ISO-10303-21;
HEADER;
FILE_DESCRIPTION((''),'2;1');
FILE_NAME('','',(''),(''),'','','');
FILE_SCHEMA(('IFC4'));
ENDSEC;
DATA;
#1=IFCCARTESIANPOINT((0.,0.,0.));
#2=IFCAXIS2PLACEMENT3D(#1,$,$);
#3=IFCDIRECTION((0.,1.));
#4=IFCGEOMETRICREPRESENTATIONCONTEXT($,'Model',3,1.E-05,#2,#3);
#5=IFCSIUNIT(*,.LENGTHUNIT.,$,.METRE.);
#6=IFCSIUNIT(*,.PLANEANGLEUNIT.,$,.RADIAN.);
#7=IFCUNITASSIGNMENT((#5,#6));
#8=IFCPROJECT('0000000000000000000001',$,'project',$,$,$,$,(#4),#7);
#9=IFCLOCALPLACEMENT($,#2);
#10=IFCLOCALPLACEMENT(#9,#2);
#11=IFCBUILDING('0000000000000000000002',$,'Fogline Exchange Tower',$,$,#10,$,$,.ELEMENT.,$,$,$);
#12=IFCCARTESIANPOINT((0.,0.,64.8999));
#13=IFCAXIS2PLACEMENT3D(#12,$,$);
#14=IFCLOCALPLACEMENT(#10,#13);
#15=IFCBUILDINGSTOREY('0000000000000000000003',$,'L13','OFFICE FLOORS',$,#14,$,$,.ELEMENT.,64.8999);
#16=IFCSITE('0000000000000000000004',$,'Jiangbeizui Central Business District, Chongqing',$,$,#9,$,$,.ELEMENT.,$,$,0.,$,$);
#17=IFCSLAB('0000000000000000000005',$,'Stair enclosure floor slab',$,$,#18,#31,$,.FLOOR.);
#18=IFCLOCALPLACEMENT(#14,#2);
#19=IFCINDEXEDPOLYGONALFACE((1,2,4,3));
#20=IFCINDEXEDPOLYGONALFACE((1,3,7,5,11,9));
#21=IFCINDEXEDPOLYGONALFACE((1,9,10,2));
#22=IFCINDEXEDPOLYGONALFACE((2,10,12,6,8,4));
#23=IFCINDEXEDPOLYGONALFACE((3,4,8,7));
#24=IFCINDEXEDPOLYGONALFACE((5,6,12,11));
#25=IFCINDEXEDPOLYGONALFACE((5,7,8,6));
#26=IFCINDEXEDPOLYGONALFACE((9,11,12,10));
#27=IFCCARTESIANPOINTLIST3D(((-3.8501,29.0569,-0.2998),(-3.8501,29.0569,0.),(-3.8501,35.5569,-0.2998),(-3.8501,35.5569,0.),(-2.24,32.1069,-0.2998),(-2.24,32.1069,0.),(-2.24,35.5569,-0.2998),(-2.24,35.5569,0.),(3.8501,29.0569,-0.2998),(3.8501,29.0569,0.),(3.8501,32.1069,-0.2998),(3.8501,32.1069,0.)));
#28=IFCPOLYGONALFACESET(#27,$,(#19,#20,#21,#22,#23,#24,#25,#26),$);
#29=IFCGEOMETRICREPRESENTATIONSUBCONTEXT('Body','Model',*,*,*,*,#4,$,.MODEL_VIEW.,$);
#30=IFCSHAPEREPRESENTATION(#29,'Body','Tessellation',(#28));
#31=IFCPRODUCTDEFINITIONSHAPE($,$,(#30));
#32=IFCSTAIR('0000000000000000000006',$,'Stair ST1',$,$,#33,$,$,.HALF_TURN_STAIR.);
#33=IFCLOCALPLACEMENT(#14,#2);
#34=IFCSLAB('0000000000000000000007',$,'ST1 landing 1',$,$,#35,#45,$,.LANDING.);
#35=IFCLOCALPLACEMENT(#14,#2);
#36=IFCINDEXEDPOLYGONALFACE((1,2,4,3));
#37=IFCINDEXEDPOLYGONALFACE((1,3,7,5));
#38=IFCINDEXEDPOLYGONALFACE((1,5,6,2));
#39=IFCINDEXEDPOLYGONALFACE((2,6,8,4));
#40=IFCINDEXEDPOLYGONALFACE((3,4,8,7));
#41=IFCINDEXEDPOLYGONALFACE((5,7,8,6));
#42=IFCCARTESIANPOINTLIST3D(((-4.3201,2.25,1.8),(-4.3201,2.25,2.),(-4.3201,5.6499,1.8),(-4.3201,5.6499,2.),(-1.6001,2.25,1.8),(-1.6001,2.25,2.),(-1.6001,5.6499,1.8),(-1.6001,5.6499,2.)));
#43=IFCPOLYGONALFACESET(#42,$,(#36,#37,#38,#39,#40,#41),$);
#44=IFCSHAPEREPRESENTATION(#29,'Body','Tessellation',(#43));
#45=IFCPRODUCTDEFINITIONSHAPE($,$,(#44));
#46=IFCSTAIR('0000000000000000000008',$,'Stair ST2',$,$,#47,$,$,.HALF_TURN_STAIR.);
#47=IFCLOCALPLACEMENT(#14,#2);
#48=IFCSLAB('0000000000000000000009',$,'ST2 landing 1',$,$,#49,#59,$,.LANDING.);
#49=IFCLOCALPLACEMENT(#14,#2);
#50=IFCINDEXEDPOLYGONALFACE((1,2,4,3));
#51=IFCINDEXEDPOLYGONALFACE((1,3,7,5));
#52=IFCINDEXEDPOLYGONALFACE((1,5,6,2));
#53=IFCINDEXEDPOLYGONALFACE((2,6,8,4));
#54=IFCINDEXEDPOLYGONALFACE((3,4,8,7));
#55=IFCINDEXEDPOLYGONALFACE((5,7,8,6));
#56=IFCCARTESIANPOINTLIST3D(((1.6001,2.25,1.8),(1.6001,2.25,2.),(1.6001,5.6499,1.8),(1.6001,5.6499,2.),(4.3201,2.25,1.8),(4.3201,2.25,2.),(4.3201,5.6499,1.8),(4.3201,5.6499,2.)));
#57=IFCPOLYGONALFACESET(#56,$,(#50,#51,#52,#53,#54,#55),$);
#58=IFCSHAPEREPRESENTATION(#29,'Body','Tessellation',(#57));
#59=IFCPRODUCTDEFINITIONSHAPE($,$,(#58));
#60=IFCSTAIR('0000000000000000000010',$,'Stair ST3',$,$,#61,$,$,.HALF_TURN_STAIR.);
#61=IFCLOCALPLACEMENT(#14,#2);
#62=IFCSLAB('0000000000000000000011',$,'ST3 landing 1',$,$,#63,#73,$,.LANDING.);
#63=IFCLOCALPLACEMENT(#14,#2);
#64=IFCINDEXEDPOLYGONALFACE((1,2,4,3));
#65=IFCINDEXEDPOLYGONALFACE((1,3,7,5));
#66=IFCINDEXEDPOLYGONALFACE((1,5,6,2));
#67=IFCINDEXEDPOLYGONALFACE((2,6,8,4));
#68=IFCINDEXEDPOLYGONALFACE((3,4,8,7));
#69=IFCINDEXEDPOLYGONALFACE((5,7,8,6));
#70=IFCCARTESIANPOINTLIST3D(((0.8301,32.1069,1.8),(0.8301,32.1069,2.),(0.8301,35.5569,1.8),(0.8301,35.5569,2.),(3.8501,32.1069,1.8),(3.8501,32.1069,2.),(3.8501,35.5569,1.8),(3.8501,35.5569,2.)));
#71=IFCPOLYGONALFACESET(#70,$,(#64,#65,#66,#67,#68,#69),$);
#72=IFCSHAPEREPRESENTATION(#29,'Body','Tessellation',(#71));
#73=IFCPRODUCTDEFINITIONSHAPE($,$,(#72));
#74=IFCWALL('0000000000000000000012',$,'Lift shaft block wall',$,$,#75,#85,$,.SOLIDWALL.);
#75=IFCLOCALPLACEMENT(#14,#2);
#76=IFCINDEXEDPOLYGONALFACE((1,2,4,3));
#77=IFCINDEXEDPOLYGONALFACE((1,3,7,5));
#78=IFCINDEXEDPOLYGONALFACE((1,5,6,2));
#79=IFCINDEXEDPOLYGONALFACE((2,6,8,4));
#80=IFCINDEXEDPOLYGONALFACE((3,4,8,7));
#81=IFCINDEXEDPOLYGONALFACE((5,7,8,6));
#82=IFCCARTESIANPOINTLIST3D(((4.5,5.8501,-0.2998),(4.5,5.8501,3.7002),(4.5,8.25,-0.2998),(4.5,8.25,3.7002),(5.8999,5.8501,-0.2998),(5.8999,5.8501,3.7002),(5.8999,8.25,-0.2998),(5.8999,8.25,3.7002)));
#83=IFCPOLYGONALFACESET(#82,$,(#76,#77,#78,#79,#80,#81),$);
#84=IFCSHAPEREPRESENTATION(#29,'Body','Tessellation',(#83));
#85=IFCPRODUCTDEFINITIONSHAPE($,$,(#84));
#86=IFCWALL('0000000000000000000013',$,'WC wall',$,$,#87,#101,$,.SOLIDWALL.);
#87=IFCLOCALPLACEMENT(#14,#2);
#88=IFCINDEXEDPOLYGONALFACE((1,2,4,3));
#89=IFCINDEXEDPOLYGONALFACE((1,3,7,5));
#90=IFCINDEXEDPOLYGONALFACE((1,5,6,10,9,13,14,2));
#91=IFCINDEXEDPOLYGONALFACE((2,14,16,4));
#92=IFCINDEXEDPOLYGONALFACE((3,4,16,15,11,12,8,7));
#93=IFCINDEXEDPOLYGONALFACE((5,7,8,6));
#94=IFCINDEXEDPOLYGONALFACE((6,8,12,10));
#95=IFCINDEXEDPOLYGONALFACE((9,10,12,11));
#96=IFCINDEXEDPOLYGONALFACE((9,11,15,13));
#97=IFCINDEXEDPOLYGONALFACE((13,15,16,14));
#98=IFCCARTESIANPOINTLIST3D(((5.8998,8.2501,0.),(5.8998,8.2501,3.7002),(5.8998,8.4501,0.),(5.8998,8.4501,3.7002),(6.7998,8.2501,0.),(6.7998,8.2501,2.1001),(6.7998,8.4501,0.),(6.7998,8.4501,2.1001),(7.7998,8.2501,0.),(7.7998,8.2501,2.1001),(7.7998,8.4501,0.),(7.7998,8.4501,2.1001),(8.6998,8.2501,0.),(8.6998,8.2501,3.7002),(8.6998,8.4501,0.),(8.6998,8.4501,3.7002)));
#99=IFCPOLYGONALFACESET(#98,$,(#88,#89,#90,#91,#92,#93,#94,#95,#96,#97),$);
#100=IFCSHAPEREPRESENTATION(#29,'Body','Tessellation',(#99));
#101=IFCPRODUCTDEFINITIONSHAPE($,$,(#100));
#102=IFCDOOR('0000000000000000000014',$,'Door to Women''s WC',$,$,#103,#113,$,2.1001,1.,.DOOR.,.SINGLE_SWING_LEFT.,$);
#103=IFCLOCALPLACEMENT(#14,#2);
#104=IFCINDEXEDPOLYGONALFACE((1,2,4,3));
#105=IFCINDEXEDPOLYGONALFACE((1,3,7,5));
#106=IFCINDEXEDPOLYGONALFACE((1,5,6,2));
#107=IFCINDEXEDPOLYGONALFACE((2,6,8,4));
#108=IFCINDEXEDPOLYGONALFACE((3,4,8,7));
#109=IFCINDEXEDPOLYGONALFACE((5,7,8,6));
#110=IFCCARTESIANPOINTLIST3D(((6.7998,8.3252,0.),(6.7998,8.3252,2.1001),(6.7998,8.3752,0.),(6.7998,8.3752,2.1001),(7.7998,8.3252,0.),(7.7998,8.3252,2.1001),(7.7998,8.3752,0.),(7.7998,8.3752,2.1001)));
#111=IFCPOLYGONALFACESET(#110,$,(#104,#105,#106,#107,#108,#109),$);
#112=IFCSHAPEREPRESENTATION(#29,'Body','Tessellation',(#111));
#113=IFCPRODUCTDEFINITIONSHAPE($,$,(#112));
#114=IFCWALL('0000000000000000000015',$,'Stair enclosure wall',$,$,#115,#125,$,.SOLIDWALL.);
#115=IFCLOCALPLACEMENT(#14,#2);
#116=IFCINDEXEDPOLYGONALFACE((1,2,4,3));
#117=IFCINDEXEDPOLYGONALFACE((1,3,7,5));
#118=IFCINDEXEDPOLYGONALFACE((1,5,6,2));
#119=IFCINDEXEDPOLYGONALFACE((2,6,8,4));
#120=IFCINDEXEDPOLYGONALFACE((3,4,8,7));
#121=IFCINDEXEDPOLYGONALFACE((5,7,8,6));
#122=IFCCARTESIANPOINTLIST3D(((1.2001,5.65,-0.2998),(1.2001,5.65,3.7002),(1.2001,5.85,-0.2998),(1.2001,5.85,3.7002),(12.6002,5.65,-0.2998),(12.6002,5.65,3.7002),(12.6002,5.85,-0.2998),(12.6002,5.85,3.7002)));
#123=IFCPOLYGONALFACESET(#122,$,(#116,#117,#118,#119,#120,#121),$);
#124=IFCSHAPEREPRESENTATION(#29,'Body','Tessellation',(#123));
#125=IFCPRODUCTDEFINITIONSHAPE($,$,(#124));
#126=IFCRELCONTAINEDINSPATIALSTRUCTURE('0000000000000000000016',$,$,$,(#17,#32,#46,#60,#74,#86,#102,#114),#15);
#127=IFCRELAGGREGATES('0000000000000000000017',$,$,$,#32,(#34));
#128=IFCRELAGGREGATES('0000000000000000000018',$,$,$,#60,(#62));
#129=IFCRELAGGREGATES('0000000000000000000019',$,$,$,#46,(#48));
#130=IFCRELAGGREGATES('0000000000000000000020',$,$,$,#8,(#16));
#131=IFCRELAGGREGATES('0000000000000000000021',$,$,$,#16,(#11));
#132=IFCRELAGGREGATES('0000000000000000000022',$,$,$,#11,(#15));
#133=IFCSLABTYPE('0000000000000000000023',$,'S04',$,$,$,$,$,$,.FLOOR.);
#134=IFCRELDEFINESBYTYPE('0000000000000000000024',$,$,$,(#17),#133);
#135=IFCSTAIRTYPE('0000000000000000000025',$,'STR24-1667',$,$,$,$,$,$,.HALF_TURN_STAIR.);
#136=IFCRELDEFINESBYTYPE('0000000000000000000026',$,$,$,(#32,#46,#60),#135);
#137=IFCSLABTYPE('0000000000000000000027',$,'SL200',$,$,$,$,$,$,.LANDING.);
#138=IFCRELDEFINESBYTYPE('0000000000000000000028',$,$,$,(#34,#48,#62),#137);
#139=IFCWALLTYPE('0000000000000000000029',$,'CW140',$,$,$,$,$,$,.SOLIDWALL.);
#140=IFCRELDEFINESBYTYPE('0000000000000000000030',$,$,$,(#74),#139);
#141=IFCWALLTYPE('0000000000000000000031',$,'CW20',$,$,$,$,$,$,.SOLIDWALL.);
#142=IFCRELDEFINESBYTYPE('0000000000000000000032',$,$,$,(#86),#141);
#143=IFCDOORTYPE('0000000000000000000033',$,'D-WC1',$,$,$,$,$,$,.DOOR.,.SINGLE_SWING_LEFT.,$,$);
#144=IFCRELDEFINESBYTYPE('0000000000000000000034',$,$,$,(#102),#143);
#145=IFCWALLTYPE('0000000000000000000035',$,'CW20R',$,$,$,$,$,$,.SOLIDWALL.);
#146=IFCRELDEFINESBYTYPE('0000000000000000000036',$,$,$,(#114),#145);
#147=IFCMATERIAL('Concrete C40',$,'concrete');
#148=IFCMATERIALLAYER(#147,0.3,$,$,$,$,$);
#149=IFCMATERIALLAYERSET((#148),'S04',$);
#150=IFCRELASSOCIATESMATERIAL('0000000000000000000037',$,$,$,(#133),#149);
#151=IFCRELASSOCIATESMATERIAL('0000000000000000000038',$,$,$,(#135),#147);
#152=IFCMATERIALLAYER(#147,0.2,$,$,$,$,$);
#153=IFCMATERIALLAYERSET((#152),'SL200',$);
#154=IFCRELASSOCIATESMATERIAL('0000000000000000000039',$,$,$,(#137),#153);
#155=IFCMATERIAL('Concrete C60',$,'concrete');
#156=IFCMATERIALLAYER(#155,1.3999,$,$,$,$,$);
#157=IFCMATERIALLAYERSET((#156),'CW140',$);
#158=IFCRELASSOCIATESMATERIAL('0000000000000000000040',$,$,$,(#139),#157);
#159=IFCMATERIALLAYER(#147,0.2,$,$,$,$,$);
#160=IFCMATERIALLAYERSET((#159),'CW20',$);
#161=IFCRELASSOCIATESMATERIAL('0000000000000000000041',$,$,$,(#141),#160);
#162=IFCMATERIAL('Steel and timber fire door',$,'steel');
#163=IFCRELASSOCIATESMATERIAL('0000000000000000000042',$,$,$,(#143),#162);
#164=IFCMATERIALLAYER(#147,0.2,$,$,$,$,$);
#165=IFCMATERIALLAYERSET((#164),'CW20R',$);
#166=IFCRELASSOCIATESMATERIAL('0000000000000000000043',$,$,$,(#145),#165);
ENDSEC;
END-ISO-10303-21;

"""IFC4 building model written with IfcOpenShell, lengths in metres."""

from ifc_helpers import new_model, si_unit, direction, frame, frame_2d, origin, place, context, subcontext, project, spatial, polyline, rectangle, outline, extrude, material, layer, layer_set, type_object, element, fill, aggregate, save


model = new_model("IFC4")

# Units and contexts
model_context = context("Model", 3, precision=1e-05, world=origin(), true_north=direction((0.0, 1.0)))
body_context = subcontext(model_context, "Body", "Model", "MODEL_VIEW")
ifc_project = project(units=[si_unit("LENGTHUNIT", "METRE"), si_unit("PLANEANGLEUNIT", "RADIAN")], contexts=[model_context])

# Site, building, storey
site_placement = place(None, origin())
site = spatial("IfcSite", under=ifc_project, at=site_placement, Name="Jiangbeizui Central Business District, Chongqing", CompositionType="ELEMENT", RefElevation=0.0)
building_placement = place(site_placement, origin())
building = spatial("IfcBuilding", under=site, at=building_placement, Name="Fogline Exchange Tower", CompositionType="ELEMENT")
storey_placement = place(building_placement, frame((0.0, 0.0, 64.8999)))
storey = spatial("IfcBuildingStorey", under=building, at=storey_placement, Name="L13", Description="OFFICE FLOORS", CompositionType="ELEMENT", Elevation=64.8999)

# Slab
ifc_material_1 = material(Name="Concrete C40", Category="concrete")
ifc_layer_1 = layer(ifc_material_1, 0.3)
ifc_layer_set_1 = layer_set([ifc_layer_1], Name="S04")
slab_type_1 = type_object("IfcSlabType", Name="S04", PredefinedType="FLOOR", material=ifc_layer_set_1)
slab_1_placement = place(storey_placement, frame((0.0, 0.0, -0.2998)))
element("IfcSlab", 1, at=slab_1_placement, inside=storey, type_object=slab_type_1, Name="Stair enclosure floor slab", PredefinedType="FLOOR", context=body_context, shape_type="SweptSolid", body=[
    extrude(outline(polyline([(3.8501, 29.0569), (-3.8501, 29.0569), (-3.8501, 35.5569), (-2.24, 35.5569), (-2.24, 32.1069), (3.8501, 32.1069), (3.8501, 29.0569)])), origin(), (0.0, 0.0, 1.0), 0.2998),
])

# Stairs, slabs
stair_type = type_object("IfcStairType", Name="STR24-1667", PredefinedType="HALF_TURN_STAIR", material=ifc_material_1)
stair_1_placement = place(storey_placement, origin())
stair_1 = element("IfcStair", 2, at=stair_1_placement, inside=storey, type_object=stair_type, Name="Stair ST1", PredefinedType="HALF_TURN_STAIR")
ifc_layer_2 = layer(ifc_material_1, 0.2)
ifc_layer_set_2 = layer_set([ifc_layer_2], Name="SL200")
slab_type_2 = type_object("IfcSlabType", Name="SL200", PredefinedType="LANDING", material=ifc_layer_set_2)
slab_2_placement = place(storey_placement, frame((0.0, 0.0, 1.8)))
slab_2 = element("IfcSlab", 3, at=slab_2_placement, type_object=slab_type_2, Name="ST1 landing 1", PredefinedType="LANDING", context=body_context, shape_type="SweptSolid", body=[
    extrude(outline(polyline([(-4.3201, 2.25), (-1.6001, 2.25), (-1.6001, 5.6499), (-4.3201, 5.6499), (-4.3201, 2.25)])), origin(), (0.0, 0.0, 1.0), 0.2),
])
aggregate(stair_1, [slab_2])
stair_2_placement = place(storey_placement, origin())
stair_2 = element("IfcStair", 4, at=stair_2_placement, inside=storey, type_object=stair_type, Name="Stair ST2", PredefinedType="HALF_TURN_STAIR")
slab_3_placement = place(storey_placement, frame((0.0, 0.0, 1.8)))
slab_3 = element("IfcSlab", 5, at=slab_3_placement, type_object=slab_type_2, Name="ST2 landing 1", PredefinedType="LANDING", context=body_context, shape_type="SweptSolid", body=[
    extrude(outline(polyline([(1.6001, 2.25), (4.3201, 2.25), (4.3201, 5.6499), (1.6001, 5.6499), (1.6001, 2.25)])), origin(), (0.0, 0.0, 1.0), 0.2),
])
stair_3_placement = place(storey_placement, origin())
stair_3 = element("IfcStair", 6, at=stair_3_placement, inside=storey, type_object=stair_type, Name="Stair ST3", PredefinedType="HALF_TURN_STAIR")
slab_4_placement = place(storey_placement, frame((0.0, 0.0, 1.8)))
slab_4 = element("IfcSlab", 7, at=slab_4_placement, type_object=slab_type_2, Name="ST3 landing 1", PredefinedType="LANDING", context=body_context, shape_type="SweptSolid", body=[
    extrude(outline(polyline([(0.8301, 32.1069), (3.8501, 32.1069), (3.8501, 35.5569), (0.8301, 35.5569), (0.8301, 32.1069)])), origin(), (0.0, 0.0, 1.0), 0.2),
])
aggregate(stair_3, [slab_4])

# Wall
ifc_material_2 = material(Name="Concrete C60", Category="concrete")
ifc_layer_3 = layer(ifc_material_2, 1.3999)
ifc_layer_set_3 = layer_set([ifc_layer_3], Name="CW140")
wall_type_1 = type_object("IfcWallType", Name="CW140", PredefinedType="SOLIDWALL", material=ifc_layer_set_3)
wall_1_placement = place(storey_placement, frame((5.2, 5.8501, -0.2998), z_axis=(0.0, 0.0, 1.0), x_axis=(0.0, 1.0, 0.0)))
element("IfcWall", 8, at=wall_1_placement, inside=storey, type_object=wall_type_1, Name="Lift shaft block wall", PredefinedType="SOLIDWALL", context=body_context, shape_type="SweptSolid", body=[
    extrude(rectangle(XDim=2.3999, YDim=1.3999, at=frame_2d((1.2, 0.0))), origin(), (0.0, 0.0, 1.0), 4.0),
])

# Wall, opening, door
ifc_layer_4 = layer(ifc_material_1, 0.2)
ifc_layer_set_4 = layer_set([ifc_layer_4], Name="CW20")
wall_type_2 = type_object("IfcWallType", Name="CW20", PredefinedType="SOLIDWALL", material=ifc_layer_set_4)
wall_2_placement = place(storey_placement, frame((5.8999, 8.3501, 0.0), z_axis=(0.0, 0.0, 1.0), x_axis=(1.0, 0.0, 0.0)))
wall_2 = element("IfcWall", 9, at=wall_2_placement, inside=storey, type_object=wall_type_2, Name="WC wall", PredefinedType="SOLIDWALL", context=body_context, shape_type="SweptSolid", body=[
    extrude(rectangle(XDim=2.8, YDim=0.2, at=frame_2d((1.3999, 0.0))), origin(), (0.0, 0.0, 1.0), 3.7002),
])
opening_1_placement = place(wall_2_placement, frame((0.8999, 0.0, 0.0)))
opening_1 = element("IfcOpeningElement", 10, at=opening_1_placement, cuts=wall_2, PredefinedType="OPENING", context=body_context, shape_type="SweptSolid", body=[
    extrude(rectangle(XDim=1.0, YDim=2.1001, at=frame_2d((0.5, 1.05))), frame((0.0, 0.1099, 0.0), z_axis=(0.0, -1.0, 0.0), x_axis=(1.0, 0.0, 0.0)), (0.0, 0.0, 1.0), 0.22),
])
ifc_material_3 = material(Name="Steel and timber fire door", Category="steel")
door_type_1 = type_object("IfcDoorType", Name="D-WC1", OperationType="SINGLE_SWING_LEFT", PredefinedType="DOOR", material=ifc_material_3)
door_1_placement = place(opening_1_placement, frame((1.0, 0.0, 0.0), z_axis=(0.0, 0.0, 1.0), x_axis=(-1.0, 0.0, 0.0)))
door_1 = element("IfcDoor", 11, at=door_1_placement, inside=storey, type_object=door_type_1, Name="Door to Women's WC", OperationType="SINGLE_SWING_LEFT", OverallHeight=2.1001, OverallWidth=1.0, PredefinedType="DOOR", context=body_context, shape_type="SweptSolid", body=[
    extrude(rectangle(XDim=1.0, YDim=2.1001, at=frame_2d((0.5, 1.05))), frame((0.0, 0.0249, 0.0), z_axis=(0.0, -1.0, 0.0), x_axis=(1.0, 0.0, 0.0)), (0.0, 0.0, 1.0), 0.05),
])
fill(opening_1, door_1)

# Wall
ifc_layer_5 = layer(ifc_material_1, 0.2)
ifc_layer_set_5 = layer_set([ifc_layer_5], Name="CW20R")
wall_type_3 = type_object("IfcWallType", Name="CW20R", PredefinedType="SOLIDWALL", material=ifc_layer_set_5)
wall_3_placement = place(storey_placement, frame((1.2, 5.75, -0.2998), z_axis=(0.0, 0.0, 1.0), x_axis=(1.0, 0.0, 0.0)))
element("IfcWall", 12, at=wall_3_placement, inside=storey, type_object=wall_type_3, Name="Stair enclosure wall", PredefinedType="SOLIDWALL", context=body_context, shape_type="SweptSolid", body=[
    extrude(rectangle(XDim=11.4001, YDim=0.2, at=frame_2d((5.7002, 0.0))), origin(), (0.0, 0.0, 1.0), 4.0),
])

aggregate(stair_2, [slab_3])

save(model, "model.ifc")
